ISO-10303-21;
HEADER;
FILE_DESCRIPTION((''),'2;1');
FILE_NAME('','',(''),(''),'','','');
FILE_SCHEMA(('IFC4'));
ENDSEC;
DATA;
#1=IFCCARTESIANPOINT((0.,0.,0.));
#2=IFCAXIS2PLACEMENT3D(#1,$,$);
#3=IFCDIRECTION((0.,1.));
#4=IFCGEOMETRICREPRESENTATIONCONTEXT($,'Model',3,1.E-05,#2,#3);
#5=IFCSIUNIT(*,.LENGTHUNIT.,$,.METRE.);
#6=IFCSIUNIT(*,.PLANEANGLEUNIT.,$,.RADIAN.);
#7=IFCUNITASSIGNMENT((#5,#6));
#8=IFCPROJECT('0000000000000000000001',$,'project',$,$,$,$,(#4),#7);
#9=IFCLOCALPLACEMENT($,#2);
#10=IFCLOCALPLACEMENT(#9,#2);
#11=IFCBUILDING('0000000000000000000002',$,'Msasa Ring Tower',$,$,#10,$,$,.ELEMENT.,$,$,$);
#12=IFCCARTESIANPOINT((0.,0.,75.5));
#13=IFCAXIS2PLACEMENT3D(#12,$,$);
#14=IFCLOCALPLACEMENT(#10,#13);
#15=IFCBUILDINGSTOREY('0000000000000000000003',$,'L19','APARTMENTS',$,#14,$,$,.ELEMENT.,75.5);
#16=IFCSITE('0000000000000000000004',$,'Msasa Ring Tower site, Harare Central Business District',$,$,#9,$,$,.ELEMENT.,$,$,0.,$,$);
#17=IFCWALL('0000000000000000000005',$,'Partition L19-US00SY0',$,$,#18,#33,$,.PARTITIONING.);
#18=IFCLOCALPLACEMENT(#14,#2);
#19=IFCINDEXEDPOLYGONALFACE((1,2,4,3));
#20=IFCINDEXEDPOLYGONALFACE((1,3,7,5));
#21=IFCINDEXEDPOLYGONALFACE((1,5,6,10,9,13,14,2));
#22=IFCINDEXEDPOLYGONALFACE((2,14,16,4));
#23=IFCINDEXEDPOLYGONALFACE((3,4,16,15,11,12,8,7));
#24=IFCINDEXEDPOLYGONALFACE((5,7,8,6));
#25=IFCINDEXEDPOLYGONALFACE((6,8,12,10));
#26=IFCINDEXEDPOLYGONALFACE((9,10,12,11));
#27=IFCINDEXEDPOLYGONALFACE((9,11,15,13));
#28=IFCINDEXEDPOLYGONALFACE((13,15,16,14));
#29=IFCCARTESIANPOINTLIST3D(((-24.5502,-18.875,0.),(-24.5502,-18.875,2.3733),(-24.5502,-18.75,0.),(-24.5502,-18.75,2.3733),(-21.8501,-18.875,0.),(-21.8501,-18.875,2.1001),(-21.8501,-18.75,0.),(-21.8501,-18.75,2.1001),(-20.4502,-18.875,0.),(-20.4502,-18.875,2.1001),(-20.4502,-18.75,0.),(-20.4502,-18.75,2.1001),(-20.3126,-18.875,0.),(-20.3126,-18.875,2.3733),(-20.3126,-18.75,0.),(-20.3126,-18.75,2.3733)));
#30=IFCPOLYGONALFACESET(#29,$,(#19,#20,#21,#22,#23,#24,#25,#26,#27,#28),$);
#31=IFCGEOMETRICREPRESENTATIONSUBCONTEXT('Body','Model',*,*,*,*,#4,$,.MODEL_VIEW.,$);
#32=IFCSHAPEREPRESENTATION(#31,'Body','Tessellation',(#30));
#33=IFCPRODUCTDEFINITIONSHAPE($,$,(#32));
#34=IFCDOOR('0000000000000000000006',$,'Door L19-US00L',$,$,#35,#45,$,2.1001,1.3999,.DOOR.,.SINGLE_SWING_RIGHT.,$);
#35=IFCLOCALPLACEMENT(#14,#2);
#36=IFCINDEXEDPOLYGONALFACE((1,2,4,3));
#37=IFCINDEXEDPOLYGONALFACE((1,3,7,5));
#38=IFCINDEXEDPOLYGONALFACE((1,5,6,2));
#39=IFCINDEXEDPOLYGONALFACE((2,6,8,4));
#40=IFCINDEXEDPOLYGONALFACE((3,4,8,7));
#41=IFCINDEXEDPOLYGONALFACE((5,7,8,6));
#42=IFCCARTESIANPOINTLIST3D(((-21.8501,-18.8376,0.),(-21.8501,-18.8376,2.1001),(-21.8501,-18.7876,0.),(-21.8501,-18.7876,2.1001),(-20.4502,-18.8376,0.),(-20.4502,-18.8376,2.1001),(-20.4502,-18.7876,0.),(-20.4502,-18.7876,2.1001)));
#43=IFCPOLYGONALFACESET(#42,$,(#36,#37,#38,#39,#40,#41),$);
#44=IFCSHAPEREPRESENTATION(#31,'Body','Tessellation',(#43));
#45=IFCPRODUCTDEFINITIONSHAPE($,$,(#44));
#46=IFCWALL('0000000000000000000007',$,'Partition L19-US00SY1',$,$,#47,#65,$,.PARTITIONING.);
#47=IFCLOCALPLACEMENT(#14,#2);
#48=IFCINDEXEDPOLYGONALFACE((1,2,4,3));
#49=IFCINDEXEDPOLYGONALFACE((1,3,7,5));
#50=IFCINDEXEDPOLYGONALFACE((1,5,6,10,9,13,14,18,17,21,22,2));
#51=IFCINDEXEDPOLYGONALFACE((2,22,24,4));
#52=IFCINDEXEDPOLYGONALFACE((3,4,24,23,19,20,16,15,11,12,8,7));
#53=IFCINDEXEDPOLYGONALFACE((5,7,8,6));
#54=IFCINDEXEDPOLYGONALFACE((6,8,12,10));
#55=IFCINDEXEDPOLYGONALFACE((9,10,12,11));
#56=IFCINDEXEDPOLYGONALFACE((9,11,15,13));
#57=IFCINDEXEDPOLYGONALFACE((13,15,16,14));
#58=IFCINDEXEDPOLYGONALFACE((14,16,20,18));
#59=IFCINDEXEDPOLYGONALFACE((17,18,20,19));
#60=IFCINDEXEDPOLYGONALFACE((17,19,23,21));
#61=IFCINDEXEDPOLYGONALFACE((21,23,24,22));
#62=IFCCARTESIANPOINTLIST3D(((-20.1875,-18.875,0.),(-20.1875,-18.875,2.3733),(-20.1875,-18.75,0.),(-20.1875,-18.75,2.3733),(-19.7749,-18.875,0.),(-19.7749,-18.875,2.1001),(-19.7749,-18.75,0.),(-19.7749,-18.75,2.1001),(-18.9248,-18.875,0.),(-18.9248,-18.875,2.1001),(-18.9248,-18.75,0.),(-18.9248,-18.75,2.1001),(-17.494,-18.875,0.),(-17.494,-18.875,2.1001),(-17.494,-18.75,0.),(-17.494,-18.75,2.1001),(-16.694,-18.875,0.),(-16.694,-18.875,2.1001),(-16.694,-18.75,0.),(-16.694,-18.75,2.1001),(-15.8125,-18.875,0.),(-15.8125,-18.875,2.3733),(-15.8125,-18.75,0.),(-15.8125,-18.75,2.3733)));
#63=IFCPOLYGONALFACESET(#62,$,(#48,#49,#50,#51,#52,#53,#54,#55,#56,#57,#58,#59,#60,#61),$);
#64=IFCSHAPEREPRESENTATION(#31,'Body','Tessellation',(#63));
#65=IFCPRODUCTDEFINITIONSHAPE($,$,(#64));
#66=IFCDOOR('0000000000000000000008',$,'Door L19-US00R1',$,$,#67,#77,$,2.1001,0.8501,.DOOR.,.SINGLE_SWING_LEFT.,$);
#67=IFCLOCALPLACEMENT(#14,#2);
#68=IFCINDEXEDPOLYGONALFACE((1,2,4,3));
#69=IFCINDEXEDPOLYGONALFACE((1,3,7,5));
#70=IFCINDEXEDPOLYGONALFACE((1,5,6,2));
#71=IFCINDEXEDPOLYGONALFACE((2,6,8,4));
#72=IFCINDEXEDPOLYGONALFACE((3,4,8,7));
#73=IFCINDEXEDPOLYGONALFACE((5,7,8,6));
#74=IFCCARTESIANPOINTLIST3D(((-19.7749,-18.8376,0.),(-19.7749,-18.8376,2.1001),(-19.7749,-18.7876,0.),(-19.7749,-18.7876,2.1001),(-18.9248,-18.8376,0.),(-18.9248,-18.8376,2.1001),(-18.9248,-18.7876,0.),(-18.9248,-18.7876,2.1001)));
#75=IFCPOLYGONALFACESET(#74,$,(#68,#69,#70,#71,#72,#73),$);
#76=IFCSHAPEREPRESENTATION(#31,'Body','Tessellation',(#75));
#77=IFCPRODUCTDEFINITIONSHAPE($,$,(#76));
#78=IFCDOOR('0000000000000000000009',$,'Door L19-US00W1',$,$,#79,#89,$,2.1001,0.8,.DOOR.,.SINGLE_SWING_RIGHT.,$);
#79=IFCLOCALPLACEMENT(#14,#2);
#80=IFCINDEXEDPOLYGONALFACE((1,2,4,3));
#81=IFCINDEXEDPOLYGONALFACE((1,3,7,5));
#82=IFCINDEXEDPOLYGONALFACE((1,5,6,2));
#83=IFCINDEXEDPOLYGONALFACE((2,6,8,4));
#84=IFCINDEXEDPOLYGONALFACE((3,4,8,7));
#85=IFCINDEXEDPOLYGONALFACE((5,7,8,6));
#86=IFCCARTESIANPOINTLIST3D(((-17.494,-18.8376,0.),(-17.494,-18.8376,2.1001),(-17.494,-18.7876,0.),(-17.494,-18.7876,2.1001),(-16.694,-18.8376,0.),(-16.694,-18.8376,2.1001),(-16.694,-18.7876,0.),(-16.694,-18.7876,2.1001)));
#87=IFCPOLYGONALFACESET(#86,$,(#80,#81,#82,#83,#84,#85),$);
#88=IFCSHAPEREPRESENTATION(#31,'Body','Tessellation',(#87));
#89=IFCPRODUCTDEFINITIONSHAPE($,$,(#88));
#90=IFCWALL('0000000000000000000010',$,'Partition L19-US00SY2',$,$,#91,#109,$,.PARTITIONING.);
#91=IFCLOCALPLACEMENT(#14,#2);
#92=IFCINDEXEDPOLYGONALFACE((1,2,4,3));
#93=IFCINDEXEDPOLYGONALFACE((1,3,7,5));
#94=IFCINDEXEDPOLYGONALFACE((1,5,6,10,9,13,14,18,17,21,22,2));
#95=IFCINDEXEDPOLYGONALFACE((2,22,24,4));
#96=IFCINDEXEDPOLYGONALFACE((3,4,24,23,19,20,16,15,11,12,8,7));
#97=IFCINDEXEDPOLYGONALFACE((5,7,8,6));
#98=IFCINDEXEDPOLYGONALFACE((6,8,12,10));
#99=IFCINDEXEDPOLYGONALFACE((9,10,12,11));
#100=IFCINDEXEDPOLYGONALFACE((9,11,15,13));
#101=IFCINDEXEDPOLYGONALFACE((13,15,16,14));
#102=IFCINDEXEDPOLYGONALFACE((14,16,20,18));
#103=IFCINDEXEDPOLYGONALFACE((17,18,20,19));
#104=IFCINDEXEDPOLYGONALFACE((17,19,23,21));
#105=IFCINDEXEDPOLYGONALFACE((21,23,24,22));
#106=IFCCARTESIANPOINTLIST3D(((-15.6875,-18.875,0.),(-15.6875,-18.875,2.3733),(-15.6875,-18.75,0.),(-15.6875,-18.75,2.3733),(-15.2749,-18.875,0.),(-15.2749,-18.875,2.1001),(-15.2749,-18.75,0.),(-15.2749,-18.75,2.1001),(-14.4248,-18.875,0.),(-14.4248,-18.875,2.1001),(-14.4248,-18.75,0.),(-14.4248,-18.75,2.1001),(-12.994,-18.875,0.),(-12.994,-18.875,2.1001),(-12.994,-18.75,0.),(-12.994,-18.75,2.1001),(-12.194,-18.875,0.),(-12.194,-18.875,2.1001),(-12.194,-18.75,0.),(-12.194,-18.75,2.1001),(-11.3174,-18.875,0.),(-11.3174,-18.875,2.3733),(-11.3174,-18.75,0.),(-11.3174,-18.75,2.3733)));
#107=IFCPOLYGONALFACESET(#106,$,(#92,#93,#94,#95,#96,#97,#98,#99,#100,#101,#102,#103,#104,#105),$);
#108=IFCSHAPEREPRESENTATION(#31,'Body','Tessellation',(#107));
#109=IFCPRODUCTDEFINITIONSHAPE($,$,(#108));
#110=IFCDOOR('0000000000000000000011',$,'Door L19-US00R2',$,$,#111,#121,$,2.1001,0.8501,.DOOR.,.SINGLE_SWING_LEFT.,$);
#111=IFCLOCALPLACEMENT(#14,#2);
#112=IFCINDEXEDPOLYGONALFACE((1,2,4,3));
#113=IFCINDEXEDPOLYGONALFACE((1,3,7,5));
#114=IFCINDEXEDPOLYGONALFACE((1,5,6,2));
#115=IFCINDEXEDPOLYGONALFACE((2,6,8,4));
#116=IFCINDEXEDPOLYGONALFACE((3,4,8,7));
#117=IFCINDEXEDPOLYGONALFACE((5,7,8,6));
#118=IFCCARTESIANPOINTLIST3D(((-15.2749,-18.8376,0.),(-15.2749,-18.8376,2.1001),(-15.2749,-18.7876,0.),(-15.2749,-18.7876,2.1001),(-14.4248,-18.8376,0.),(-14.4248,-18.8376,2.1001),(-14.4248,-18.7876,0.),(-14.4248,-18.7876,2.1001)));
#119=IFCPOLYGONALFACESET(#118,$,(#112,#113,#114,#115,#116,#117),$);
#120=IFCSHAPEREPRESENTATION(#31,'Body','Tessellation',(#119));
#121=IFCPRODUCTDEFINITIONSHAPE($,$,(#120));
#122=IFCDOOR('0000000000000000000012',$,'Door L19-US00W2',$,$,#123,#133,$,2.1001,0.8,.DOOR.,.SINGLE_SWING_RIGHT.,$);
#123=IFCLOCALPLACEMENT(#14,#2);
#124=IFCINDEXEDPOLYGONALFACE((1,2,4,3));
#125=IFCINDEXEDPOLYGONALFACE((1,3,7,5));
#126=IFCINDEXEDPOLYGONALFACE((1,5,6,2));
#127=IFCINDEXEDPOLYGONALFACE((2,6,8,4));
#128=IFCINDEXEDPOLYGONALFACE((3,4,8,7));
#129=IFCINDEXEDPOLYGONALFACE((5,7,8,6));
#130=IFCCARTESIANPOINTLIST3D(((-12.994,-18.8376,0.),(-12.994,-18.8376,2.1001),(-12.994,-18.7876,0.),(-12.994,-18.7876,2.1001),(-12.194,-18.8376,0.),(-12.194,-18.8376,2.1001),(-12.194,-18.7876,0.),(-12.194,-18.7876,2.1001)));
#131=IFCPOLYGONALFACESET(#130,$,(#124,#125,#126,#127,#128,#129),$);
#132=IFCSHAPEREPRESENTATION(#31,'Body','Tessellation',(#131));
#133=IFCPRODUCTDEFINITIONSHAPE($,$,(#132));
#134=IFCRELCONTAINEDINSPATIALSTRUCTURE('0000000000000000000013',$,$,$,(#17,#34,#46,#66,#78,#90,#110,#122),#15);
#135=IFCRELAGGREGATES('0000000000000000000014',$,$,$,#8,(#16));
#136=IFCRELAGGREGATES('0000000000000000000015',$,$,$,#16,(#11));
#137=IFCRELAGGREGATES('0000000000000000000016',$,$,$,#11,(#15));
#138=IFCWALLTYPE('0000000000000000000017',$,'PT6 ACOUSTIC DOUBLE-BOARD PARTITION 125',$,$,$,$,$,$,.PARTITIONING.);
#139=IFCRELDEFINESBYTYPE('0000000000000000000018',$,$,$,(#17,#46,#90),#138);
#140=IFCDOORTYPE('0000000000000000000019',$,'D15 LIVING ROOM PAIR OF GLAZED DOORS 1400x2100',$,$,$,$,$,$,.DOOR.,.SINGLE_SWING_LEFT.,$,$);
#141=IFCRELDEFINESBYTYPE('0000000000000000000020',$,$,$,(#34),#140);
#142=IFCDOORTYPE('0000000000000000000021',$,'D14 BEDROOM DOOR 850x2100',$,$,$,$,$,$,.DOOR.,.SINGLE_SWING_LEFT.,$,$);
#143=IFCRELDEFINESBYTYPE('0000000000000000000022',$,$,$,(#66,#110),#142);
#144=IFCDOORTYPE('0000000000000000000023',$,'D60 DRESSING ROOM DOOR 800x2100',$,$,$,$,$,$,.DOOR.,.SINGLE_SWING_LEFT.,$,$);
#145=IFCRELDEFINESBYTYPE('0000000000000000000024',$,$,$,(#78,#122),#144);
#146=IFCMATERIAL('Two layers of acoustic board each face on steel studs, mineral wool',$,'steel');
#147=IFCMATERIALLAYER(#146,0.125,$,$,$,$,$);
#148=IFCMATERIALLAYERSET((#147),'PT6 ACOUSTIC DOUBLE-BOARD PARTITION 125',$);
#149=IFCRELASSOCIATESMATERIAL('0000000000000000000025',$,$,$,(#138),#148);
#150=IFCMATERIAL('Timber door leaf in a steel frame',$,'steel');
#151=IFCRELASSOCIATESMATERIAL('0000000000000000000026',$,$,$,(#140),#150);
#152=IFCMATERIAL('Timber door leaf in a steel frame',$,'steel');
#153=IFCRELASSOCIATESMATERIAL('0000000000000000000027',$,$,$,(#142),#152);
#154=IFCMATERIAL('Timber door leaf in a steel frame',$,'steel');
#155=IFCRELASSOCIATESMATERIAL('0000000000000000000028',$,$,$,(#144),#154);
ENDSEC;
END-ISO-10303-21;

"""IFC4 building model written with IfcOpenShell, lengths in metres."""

from ifc_helpers import new_model, si_unit, direction, frame, frame_2d, origin, place, context, subcontext, project, spatial, rectangle, extrude, material, layer, layer_set, type_object, element, fill, save


model = new_model("IFC4")

# Units and contexts
model_context = context("Model", 3, precision=1e-05, world=origin(), true_north=direction((0.0, 1.0)))
body_context = subcontext(model_context, "Body", "Model", "MODEL_VIEW")
ifc_project = project(units=[si_unit("LENGTHUNIT", "METRE"), si_unit("PLANEANGLEUNIT", "RADIAN")], contexts=[model_context])

# Site, building, storey
site_placement = place(None, origin())
site = spatial("IfcSite", under=ifc_project, at=site_placement, Name="Msasa Ring Tower site, Harare Central Business District", CompositionType="ELEMENT", RefElevation=0.0)
building_placement = place(site_placement, origin())
building = spatial("IfcBuilding", under=site, at=building_placement, Name="Msasa Ring Tower", CompositionType="ELEMENT")
storey_placement = place(building_placement, frame((0.0, 0.0, 75.5)))
storey = spatial("IfcBuildingStorey", under=building, at=storey_placement, Name="L19", Description="APARTMENTS", CompositionType="ELEMENT", Elevation=75.5)

# Shared definitions
ifc_material_1 = material(Name="Two layers of acoustic board each face on steel studs, mineral wool", Category="steel")
ifc_layer_1 = layer(ifc_material_1, 0.125)
ifc_layer_set_1 = layer_set([ifc_layer_1], Name="PT6 ACOUSTIC DOUBLE-BOARD PARTITION 125")
wall_type_1 = type_object("IfcWallType", Name="PT6 ACOUSTIC DOUBLE-BOARD PARTITION 125", PredefinedType="PARTITIONING", material=ifc_layer_set_1)

# Wall, opening, door
wall_1_placement = place(storey_placement, frame((-24.55, -18.8125, 0.0), z_axis=(0.0, 0.0, 1.0), x_axis=(1.0, 0.0, 0.0)))
wall_1 = element("IfcWall", 1, at=wall_1_placement, inside=storey, type_object=wall_type_1, Name="Partition L19-US00SY0", PredefinedType="PARTITIONING", context=body_context, shape_type="SweptSolid", body=[
    extrude(rectangle(XDim=4.2375, YDim=0.125, at=frame_2d((2.1187, 0.0))), origin(), (0.0, 0.0, 1.0), 2.3733),
])
opening_1_placement = place(wall_1_placement, frame((2.7, 0.0, 0.0)))
opening_1 = element("IfcOpeningElement", 2, at=opening_1_placement, cuts=wall_1, PredefinedType="OPENING", context=body_context, shape_type="SweptSolid", body=[
    extrude(rectangle(XDim=1.3999, YDim=2.1001, at=frame_2d((0.7, 1.05))), frame((0.0, 0.0725, 0.0), z_axis=(0.0, -1.0, 0.0), x_axis=(1.0, 0.0, 0.0)), (0.0, 0.0, 1.0), 0.145),
])
ifc_material_2 = material(Name="Timber door leaf in a steel frame", Category="steel")
door_type_1 = type_object("IfcDoorType", Name="D15 LIVING ROOM PAIR OF GLAZED DOORS 1400x2100", OperationType="SINGLE_SWING_LEFT", PredefinedType="DOOR", material=ifc_material_2)
door_1_placement = place(opening_1_placement, origin())
door_1 = element("IfcDoor", 3, at=door_1_placement, inside=storey, type_object=door_type_1, Name="Door L19-US00L", OperationType="SINGLE_SWING_RIGHT", OverallHeight=2.1001, OverallWidth=1.3999, PredefinedType="DOOR", context=body_context, shape_type="SweptSolid", body=[
    extrude(rectangle(XDim=1.3999, YDim=2.1001, at=frame_2d((0.7, 1.05))), frame((0.0, 0.0249, 0.0), z_axis=(0.0, -1.0, 0.0), x_axis=(1.0, 0.0, 0.0)), (0.0, 0.0, 1.0), 0.05),
])
fill(opening_1, door_1)

# Walls, openings, doors
wall_2_placement = place(storey_placement, frame((-20.1875, -18.8125, 0.0), z_axis=(0.0, 0.0, 1.0), x_axis=(1.0, 0.0, 0.0)))
wall_2 = element("IfcWall", 4, at=wall_2_placement, inside=storey, type_object=wall_type_1, Name="Partition L19-US00SY1", PredefinedType="PARTITIONING", context=body_context, shape_type="SweptSolid", body=[
    extrude(rectangle(XDim=4.375, YDim=0.125, at=frame_2d((2.1875, 0.0))), origin(), (0.0, 0.0, 1.0), 2.3733),
])
opening_2_placement = place(wall_2_placement, frame((0.4126, 0.0, 0.0)))
opening_2 = element("IfcOpeningElement", 5, at=opening_2_placement, cuts=wall_2, PredefinedType="OPENING", context=body_context, shape_type="SweptSolid", body=[
    extrude(rectangle(XDim=0.8501, YDim=2.1001, at=frame_2d((0.425, 1.05))), frame((0.0, 0.0725, 0.0), z_axis=(0.0, -1.0, 0.0), x_axis=(1.0, 0.0, 0.0)), (0.0, 0.0, 1.0), 0.145),
])
opening_3_placement = place(wall_2_placement, frame((2.6936, 0.0, 0.0)))
opening_3 = element("IfcOpeningElement", 6, at=opening_3_placement, cuts=wall_2, PredefinedType="OPENING", context=body_context, shape_type="SweptSolid", body=[
    extrude(rectangle(XDim=0.8, YDim=2.1001, at=frame_2d((0.3999, 1.05))), frame((0.0, 0.0725, 0.0), z_axis=(0.0, -1.0, 0.0), x_axis=(1.0, 0.0, 0.0)), (0.0, 0.0, 1.0), 0.145),
])
ifc_material_3 = material(Name="Timber door leaf in a steel frame", Category="steel")
door_type_2 = type_object("IfcDoorType", Name="D14 BEDROOM DOOR 850x2100", OperationType="SINGLE_SWING_LEFT", PredefinedType="DOOR", material=ifc_material_3)
door_2_placement = place(opening_2_placement, origin())
door_2 = element("IfcDoor", 7, at=door_2_placement, inside=storey, type_object=door_type_2, Name="Door L19-US00R1", OperationType="SINGLE_SWING_LEFT", OverallHeight=2.1001, OverallWidth=0.8501, PredefinedType="DOOR", context=body_context, shape_type="SweptSolid", body=[
    extrude(rectangle(XDim=0.8501, YDim=2.1001, at=frame_2d((0.425, 1.05))), frame((0.0, 0.0249, 0.0), z_axis=(0.0, -1.0, 0.0), x_axis=(1.0, 0.0, 0.0)), (0.0, 0.0, 1.0), 0.05),
])
fill(opening_2, door_2)
ifc_material_4 = material(Name="Timber door leaf in a steel frame", Category="steel")
door_type_3 = type_object("IfcDoorType", Name="D60 DRESSING ROOM DOOR 800x2100", OperationType="SINGLE_SWING_LEFT", PredefinedType="DOOR", material=ifc_material_4)
door_3_placement = place(opening_3_placement, origin())
door_3 = element("IfcDoor", 8, at=door_3_placement, inside=storey, type_object=door_type_3, Name="Door L19-US00W1", OperationType="SINGLE_SWING_RIGHT", OverallHeight=2.1001, OverallWidth=0.8, PredefinedType="DOOR", context=body_context, shape_type="SweptSolid", body=[
    extrude(rectangle(XDim=0.8, YDim=2.1001, at=frame_2d((0.3999, 1.05))), frame((0.0, 0.0249, 0.0), z_axis=(0.0, -1.0, 0.0), x_axis=(1.0, 0.0, 0.0)), (0.0, 0.0, 1.0), 0.05),
])
fill(opening_3, door_3)
wall_3_placement = place(storey_placement, frame((-15.6875, -18.8125, 0.0), z_axis=(0.0, 0.0, 1.0), x_axis=(1.0, 0.0, 0.0)))
wall_3 = element("IfcWall", 9, at=wall_3_placement, inside=storey, type_object=wall_type_1, Name="Partition L19-US00SY2", PredefinedType="PARTITIONING", context=body_context, shape_type="SweptSolid", body=[
    extrude(rectangle(XDim=4.3701, YDim=0.125, at=frame_2d((2.1851, 0.0))), origin(), (0.0, 0.0, 1.0), 2.3733),
])
opening_4_placement = place(wall_3_placement, frame((0.4126, 0.0, 0.0)))
opening_4 = element("IfcOpeningElement", 10, at=opening_4_placement, cuts=wall_3, PredefinedType="OPENING", context=body_context, shape_type="SweptSolid", body=[
    extrude(rectangle(XDim=0.8501, YDim=2.1001, at=frame_2d((0.425, 1.05))), frame((0.0, 0.0725, 0.0), z_axis=(0.0, -1.0, 0.0), x_axis=(1.0, 0.0, 0.0)), (0.0, 0.0, 1.0), 0.145),
])
opening_5_placement = place(wall_3_placement, frame((2.6936, 0.0, 0.0)))
opening_5 = element("IfcOpeningElement", 11, at=opening_5_placement, cuts=wall_3, PredefinedType="OPENING", context=body_context, shape_type="SweptSolid", body=[
    extrude(rectangle(XDim=0.8, YDim=2.1001, at=frame_2d((0.3999, 1.05))), frame((0.0, 0.0725, 0.0), z_axis=(0.0, -1.0, 0.0), x_axis=(1.0, 0.0, 0.0)), (0.0, 0.0, 1.0), 0.145),
])
door_4_placement = place(opening_4_placement, origin())
door_4 = element("IfcDoor", 12, at=door_4_placement, inside=storey, type_object=door_type_2, Name="Door L19-US00R2", OperationType="SINGLE_SWING_LEFT", OverallHeight=2.1001, OverallWidth=0.8501, PredefinedType="DOOR", context=body_context, shape_type="SweptSolid", body=[
    extrude(rectangle(XDim=0.8501, YDim=2.1001, at=frame_2d((0.425, 1.05))), frame((0.0, 0.0249, 0.0), z_axis=(0.0, -1.0, 0.0), x_axis=(1.0, 0.0, 0.0)), (0.0, 0.0, 1.0), 0.05),
])
fill(opening_4, door_4)
door_5_placement = place(opening_5_placement, origin())
door_5 = element("IfcDoor", 13, at=door_5_placement, inside=storey, type_object=door_type_3, Name="Door L19-US00W2", OperationType="SINGLE_SWING_RIGHT", OverallHeight=2.1001, OverallWidth=0.8, PredefinedType="DOOR", context=body_context, shape_type="SweptSolid", body=[
    extrude(rectangle(XDim=0.8, YDim=2.1001, at=frame_2d((0.3999, 1.05))), frame((0.0, 0.0249, 0.0), z_axis=(0.0, -1.0, 0.0), x_axis=(1.0, 0.0, 0.0)), (0.0, 0.0, 1.0), 0.05),
])
fill(opening_5, door_5)

save(model, "model.ifc")
